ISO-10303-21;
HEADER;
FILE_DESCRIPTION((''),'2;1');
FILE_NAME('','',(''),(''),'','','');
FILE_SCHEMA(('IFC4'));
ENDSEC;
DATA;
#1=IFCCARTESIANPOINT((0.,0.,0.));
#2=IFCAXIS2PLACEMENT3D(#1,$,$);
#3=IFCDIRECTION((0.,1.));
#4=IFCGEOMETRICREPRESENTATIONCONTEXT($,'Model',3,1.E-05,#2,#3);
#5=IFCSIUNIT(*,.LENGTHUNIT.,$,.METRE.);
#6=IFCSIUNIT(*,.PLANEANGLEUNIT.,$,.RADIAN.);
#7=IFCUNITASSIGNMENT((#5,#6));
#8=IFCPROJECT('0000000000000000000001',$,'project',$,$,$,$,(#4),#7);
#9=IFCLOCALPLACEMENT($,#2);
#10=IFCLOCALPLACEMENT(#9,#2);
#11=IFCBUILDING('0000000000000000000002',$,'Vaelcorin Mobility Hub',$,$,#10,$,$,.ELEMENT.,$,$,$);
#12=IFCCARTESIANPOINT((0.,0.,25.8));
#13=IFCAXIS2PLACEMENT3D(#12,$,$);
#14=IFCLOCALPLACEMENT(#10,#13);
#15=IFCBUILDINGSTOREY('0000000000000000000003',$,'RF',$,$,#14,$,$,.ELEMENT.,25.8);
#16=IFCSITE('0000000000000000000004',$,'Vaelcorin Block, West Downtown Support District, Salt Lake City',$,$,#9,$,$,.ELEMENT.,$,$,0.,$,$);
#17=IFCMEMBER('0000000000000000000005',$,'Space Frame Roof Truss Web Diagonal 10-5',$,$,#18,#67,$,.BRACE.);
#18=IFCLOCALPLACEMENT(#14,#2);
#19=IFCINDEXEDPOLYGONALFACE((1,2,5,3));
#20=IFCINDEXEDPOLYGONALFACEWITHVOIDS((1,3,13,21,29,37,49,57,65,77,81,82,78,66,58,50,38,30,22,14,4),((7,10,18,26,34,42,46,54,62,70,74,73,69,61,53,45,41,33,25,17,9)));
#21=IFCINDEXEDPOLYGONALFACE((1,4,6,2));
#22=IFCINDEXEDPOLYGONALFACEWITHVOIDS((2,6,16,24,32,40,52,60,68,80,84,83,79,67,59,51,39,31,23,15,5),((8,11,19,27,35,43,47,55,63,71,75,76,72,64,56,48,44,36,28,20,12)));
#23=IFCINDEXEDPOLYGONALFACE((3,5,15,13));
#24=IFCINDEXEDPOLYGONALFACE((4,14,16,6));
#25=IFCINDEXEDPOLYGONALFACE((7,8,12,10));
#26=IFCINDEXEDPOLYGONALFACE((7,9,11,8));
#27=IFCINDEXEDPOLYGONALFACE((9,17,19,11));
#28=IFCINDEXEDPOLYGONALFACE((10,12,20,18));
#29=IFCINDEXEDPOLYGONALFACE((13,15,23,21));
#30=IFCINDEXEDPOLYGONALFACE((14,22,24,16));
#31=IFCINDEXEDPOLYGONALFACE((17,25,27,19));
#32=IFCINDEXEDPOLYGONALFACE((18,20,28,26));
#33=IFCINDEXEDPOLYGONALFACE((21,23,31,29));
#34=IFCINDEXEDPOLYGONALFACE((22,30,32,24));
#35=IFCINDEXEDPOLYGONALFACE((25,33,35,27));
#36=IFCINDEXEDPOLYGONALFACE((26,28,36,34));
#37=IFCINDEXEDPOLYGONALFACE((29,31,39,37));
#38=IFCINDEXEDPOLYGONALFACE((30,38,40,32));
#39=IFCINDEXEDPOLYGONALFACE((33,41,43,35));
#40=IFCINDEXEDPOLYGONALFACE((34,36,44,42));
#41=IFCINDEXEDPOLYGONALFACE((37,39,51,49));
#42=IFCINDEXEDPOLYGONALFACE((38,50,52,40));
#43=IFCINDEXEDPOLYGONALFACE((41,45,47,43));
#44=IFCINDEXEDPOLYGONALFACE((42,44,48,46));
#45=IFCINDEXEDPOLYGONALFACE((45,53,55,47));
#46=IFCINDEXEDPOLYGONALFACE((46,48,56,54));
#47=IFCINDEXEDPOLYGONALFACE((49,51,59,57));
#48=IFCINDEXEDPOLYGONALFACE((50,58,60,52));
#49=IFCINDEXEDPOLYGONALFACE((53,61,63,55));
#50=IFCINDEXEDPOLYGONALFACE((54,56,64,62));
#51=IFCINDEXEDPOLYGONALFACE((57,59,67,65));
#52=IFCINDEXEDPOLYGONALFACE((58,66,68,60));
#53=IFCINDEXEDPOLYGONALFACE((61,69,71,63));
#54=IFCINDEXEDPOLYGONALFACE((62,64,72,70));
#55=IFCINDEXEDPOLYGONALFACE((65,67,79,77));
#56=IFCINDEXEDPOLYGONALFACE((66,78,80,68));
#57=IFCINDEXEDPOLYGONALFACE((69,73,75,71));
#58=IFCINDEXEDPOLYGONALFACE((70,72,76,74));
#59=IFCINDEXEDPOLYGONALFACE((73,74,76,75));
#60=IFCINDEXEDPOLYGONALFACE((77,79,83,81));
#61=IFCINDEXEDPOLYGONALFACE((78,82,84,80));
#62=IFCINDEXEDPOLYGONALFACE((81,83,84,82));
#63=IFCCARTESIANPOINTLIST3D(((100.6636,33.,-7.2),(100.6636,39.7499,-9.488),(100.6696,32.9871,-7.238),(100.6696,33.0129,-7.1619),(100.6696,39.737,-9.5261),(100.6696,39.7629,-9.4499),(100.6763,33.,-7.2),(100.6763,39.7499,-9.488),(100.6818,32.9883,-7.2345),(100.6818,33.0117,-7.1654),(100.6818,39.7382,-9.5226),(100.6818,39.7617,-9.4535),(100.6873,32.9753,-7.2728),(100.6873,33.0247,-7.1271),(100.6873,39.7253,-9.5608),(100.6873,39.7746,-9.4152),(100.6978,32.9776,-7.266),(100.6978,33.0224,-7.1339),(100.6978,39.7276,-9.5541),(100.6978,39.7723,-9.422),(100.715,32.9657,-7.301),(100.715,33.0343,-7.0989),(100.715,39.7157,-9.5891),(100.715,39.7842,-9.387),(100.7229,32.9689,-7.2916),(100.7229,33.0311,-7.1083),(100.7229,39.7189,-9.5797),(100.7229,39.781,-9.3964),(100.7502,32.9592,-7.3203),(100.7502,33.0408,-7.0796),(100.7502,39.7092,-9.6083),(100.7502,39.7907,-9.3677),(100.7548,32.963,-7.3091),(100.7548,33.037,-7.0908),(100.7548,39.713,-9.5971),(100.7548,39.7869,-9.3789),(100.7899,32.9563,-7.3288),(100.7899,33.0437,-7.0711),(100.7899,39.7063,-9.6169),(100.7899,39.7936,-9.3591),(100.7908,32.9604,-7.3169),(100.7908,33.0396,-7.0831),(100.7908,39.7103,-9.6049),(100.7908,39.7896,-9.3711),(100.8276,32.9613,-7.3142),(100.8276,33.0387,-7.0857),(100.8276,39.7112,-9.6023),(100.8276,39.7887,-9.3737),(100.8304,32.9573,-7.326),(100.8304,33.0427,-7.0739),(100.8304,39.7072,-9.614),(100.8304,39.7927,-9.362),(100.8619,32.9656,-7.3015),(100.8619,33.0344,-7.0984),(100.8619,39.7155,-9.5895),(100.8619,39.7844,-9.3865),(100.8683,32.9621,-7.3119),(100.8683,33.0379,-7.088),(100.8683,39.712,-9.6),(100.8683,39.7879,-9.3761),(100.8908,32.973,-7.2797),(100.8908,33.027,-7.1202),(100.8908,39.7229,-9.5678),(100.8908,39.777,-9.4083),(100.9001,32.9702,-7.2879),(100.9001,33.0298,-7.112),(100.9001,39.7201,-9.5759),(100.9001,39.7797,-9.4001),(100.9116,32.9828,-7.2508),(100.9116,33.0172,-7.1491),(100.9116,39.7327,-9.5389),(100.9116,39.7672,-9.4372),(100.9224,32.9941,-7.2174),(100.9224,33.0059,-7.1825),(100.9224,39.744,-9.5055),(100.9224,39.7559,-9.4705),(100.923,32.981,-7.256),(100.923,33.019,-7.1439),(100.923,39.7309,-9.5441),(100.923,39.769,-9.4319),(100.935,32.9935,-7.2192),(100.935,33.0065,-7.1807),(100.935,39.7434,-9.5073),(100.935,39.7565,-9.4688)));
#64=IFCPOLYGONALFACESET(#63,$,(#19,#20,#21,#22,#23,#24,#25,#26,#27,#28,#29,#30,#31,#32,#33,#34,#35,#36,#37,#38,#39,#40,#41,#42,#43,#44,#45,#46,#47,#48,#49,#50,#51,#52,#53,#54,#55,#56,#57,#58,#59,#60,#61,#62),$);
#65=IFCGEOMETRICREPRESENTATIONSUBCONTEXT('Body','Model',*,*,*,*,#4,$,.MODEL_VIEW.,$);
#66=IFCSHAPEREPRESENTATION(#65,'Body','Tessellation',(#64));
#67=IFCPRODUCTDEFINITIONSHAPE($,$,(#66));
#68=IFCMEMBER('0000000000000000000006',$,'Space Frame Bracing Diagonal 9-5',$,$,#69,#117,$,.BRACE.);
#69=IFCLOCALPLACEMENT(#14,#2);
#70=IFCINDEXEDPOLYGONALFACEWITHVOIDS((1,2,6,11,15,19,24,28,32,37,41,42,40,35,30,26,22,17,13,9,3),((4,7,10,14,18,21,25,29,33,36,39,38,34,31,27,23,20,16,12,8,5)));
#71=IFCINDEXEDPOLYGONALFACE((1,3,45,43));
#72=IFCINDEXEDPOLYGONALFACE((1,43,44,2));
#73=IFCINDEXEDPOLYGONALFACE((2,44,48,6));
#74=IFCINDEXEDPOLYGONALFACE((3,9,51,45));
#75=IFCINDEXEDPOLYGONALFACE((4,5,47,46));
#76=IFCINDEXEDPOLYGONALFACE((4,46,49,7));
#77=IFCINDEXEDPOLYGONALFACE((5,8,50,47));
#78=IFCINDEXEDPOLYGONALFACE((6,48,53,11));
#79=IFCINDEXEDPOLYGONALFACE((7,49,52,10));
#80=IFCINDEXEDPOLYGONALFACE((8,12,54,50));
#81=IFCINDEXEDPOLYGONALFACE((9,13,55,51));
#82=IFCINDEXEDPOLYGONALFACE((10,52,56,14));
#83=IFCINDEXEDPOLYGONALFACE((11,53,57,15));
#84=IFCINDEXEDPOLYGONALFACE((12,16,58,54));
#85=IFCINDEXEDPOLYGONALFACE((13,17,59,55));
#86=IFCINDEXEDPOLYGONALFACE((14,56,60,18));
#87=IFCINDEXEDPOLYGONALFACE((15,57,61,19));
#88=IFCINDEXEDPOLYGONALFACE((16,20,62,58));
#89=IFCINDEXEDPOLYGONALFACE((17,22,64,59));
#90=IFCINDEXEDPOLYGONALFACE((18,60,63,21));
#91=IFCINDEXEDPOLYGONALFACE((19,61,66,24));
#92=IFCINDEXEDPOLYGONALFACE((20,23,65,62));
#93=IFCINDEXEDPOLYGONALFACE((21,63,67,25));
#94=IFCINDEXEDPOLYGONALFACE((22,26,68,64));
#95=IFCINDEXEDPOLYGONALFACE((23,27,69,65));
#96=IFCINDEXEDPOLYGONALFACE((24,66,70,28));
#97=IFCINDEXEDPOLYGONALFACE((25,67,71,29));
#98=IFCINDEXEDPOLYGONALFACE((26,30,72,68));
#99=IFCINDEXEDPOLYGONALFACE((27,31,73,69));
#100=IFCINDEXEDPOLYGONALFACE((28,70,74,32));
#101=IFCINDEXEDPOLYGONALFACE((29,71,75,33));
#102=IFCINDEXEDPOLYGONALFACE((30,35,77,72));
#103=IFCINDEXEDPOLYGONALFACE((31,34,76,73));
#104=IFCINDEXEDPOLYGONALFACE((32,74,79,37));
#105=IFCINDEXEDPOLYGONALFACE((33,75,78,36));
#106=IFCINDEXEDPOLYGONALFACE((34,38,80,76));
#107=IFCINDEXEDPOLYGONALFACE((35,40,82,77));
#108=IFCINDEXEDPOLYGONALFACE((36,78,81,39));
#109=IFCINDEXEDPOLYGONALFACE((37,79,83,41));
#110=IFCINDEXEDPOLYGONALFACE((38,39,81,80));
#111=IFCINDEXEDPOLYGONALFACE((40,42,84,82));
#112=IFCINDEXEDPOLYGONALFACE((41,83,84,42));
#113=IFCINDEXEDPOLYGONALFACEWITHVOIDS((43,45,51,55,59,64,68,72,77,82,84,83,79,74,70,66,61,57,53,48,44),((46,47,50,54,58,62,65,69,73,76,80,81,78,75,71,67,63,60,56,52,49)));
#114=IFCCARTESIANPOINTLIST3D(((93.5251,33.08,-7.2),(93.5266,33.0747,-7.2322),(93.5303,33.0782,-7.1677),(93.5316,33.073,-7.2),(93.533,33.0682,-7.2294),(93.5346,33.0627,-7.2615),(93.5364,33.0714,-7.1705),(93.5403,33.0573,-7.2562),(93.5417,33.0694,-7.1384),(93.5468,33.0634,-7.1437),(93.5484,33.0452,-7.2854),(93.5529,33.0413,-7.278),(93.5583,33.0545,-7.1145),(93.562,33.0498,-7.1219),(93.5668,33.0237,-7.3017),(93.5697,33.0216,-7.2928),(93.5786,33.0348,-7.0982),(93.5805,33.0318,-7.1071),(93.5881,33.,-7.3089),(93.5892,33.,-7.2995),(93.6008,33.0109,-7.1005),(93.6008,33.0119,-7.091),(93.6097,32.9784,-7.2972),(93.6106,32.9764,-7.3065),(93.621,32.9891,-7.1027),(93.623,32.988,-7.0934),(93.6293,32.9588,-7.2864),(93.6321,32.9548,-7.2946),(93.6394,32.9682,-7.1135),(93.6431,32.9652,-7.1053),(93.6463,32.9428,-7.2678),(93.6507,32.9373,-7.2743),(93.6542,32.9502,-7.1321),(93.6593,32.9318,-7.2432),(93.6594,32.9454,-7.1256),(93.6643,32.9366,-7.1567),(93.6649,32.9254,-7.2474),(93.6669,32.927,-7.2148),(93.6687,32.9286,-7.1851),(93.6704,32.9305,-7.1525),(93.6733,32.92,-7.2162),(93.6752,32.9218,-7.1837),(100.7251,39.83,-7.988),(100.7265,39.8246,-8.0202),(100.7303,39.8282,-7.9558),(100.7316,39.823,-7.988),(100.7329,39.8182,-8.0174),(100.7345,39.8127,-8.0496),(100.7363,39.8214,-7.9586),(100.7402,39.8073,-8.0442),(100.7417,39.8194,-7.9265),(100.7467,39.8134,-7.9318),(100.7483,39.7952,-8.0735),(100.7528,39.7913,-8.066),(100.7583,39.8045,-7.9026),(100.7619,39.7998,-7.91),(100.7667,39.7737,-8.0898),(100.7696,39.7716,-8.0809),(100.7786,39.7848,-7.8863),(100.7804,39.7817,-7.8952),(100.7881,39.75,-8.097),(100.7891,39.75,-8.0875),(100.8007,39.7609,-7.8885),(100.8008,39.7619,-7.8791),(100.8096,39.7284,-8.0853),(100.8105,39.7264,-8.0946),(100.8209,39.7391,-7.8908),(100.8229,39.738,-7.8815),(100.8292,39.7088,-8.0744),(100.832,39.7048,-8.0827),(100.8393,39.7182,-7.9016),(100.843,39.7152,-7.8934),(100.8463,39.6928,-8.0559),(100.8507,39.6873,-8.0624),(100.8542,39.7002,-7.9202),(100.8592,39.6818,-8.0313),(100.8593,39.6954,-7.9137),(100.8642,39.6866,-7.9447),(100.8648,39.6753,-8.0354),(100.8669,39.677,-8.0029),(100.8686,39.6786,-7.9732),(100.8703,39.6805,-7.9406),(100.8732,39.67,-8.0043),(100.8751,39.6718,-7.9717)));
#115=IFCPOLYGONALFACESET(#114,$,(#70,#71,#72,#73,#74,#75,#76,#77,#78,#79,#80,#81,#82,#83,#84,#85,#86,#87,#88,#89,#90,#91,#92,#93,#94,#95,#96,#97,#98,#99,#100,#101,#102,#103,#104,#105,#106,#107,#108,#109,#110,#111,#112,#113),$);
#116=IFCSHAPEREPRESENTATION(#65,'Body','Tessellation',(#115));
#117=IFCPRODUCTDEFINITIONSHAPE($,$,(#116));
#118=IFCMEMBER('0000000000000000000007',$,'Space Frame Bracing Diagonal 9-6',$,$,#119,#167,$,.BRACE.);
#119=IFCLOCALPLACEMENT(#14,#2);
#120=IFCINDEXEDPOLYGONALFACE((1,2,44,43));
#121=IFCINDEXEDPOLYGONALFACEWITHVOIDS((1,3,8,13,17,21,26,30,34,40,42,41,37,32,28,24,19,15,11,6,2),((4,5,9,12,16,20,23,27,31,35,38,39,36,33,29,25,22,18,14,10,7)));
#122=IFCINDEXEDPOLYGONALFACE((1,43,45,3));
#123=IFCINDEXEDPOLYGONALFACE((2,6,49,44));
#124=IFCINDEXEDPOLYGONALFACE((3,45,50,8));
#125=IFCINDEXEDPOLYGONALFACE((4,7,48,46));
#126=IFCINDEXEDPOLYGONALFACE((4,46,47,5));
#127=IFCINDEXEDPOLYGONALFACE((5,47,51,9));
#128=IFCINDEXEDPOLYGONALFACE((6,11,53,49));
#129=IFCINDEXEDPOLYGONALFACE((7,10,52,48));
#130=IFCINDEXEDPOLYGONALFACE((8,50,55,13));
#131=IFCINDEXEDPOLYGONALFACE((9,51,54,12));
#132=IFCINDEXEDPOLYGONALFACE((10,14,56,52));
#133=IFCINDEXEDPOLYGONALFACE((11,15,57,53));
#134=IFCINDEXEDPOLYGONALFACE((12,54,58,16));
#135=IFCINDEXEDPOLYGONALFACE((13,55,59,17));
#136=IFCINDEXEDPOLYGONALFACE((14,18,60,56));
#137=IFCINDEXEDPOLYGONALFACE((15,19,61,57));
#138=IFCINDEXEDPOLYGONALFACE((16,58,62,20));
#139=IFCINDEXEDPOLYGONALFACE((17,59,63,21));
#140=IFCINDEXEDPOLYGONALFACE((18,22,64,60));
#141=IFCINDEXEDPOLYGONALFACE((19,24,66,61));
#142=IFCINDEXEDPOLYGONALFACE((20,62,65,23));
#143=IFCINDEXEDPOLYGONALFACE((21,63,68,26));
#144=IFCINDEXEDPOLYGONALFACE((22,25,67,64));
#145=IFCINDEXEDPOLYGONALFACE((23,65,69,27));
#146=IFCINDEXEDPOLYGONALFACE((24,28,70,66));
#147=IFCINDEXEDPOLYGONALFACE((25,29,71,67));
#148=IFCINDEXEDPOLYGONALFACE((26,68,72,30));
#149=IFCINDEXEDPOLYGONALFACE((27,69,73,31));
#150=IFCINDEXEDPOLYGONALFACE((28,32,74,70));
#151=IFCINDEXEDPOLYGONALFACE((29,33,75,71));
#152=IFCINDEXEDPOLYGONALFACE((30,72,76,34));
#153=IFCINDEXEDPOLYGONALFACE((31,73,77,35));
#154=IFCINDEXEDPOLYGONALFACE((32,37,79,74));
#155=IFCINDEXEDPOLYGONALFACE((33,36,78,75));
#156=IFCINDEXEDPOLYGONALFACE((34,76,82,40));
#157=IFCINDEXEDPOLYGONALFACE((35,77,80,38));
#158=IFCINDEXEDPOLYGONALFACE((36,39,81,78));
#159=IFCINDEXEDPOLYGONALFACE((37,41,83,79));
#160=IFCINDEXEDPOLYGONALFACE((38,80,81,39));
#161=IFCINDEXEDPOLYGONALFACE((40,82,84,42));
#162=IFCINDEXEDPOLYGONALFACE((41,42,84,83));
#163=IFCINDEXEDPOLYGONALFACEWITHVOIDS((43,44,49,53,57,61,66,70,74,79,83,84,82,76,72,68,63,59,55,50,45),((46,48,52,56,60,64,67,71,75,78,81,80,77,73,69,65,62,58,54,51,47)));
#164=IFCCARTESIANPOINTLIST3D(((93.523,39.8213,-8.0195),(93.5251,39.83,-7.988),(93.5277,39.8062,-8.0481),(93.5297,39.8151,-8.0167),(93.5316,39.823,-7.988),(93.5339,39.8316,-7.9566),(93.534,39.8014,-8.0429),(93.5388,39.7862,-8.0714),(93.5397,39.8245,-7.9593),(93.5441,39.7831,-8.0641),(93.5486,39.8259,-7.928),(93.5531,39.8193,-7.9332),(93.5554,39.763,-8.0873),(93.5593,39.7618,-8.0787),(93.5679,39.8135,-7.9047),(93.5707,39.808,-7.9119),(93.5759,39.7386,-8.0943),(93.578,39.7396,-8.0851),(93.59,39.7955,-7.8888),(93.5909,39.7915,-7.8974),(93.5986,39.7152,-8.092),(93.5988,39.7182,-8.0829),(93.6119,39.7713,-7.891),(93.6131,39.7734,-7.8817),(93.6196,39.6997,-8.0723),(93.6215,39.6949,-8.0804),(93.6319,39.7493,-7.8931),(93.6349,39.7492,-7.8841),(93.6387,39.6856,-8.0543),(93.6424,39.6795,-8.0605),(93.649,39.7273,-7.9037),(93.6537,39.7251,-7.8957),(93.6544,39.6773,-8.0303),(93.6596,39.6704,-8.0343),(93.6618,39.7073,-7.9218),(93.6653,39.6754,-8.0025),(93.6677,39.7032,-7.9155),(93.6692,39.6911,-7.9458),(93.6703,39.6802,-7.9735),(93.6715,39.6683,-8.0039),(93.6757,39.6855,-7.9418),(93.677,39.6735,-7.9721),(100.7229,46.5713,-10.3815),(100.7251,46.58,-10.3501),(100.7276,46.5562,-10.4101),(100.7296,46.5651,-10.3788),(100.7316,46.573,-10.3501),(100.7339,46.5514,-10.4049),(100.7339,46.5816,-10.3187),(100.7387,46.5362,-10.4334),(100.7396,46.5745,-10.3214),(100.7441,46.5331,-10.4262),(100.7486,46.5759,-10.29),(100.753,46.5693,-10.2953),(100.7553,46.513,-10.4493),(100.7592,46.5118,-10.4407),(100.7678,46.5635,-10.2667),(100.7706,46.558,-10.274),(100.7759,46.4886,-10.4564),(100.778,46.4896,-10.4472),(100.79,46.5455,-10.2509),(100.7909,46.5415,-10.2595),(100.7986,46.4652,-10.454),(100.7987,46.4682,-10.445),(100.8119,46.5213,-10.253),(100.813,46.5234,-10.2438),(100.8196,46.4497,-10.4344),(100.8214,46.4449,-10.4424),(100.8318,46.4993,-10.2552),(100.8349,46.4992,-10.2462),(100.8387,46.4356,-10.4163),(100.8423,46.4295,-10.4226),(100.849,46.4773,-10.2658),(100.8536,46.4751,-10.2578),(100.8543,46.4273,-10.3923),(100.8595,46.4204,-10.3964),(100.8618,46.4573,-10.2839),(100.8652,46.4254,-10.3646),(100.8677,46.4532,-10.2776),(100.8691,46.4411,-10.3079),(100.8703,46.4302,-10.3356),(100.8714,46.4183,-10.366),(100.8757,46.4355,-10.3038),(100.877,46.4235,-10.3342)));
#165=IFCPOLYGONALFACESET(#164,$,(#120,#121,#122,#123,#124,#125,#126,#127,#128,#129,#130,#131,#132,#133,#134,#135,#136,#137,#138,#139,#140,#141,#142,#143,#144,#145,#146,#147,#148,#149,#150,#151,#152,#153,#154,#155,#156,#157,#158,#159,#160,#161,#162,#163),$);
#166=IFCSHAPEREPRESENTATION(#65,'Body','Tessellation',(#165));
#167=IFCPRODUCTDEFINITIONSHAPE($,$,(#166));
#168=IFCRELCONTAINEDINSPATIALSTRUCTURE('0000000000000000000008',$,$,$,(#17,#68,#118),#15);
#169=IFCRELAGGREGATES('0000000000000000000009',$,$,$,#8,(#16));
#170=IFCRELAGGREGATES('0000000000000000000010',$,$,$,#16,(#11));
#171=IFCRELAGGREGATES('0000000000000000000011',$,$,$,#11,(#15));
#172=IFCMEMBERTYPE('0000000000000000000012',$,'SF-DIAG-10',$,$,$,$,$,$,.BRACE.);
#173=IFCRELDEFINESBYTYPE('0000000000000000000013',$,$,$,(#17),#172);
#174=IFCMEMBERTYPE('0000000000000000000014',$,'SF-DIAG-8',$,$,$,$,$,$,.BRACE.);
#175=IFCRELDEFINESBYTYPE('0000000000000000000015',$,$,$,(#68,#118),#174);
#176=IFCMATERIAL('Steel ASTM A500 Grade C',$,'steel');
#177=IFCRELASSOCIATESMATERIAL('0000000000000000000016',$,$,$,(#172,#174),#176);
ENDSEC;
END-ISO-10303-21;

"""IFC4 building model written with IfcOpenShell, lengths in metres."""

from ifc_helpers import new_model, si_unit, direction, frame, origin, origin_2d, place, context, subcontext, project, spatial, hollow_circle, extrude, material, material_profile, profile_set, type_object, element, save


model = new_model("IFC4")

# Units and contexts
model_context = context("Model", 3, precision=1e-05, world=origin(), true_north=direction((0.0, 1.0)))
body_context = subcontext(model_context, "Body", "Model", "MODEL_VIEW")
ifc_project = project(units=[si_unit("LENGTHUNIT", "METRE"), si_unit("PLANEANGLEUNIT", "RADIAN")], contexts=[model_context])

# Site, building, storey
site_placement = place(None, origin())
site = spatial("IfcSite", under=ifc_project, at=site_placement, Name="Vaelcorin Block, West Downtown Support District, Salt Lake City", CompositionType="ELEMENT", RefElevation=0.0)
building_placement = place(site_placement, origin())
building = spatial("IfcBuilding", under=site, at=building_placement, Name="Vaelcorin Mobility Hub", CompositionType="ELEMENT")
storey_placement = place(building_placement, frame((0.0, 0.0, 25.8)))
storey = spatial("IfcBuildingStorey", under=building, at=storey_placement, Name="RF", CompositionType="ELEMENT", Elevation=25.8)

# Members
ifc_material_1 = material(Name="Steel ASTM A500 Grade C", Category="steel")
ifc_material_profile_1 = material_profile(ifc_material_1, hollow_circle(Radius=0.1365, WallThickness=0.0127, at=origin_2d()), Name="HSS10.750X0.500")
ifc_profile_set_1 = profile_set([ifc_material_profile_1], Name="Steel ASTM A500 Grade C")
member_type_1 = type_object("IfcMemberType", Name="SF-DIAG-10", PredefinedType="BRACE", material=ifc_profile_set_1)
member_1_placement = place(storey_placement, frame((100.8, 33.0, -7.2), z_axis=(0.0, 0.947068, -0.321033), x_axis=(-1.0, 0.0, 0.0)))
element("IfcMember", 1, at=member_1_placement, inside=storey, type_object=member_type_1, Name="Space Frame Roof Truss Web Diagonal 10-5", PredefinedType="BRACE", context=body_context, shape_type="SweptSolid", body=[
    extrude(hollow_circle(Radius=0.1365, WallThickness=0.0127, at=origin_2d()), origin(), (0.0, 0.0, 1.0), 7.1272),
])
ifc_material_profile_2 = material_profile(ifc_material_1, hollow_circle(Radius=0.1096, WallThickness=0.0095, at=origin_2d()), Name="HSS8.625X0.375")
ifc_profile_set_2 = profile_set([ifc_material_profile_2], Name="Steel ASTM A500 Grade C")
member_type_2 = type_object("IfcMemberType", Name="SF-DIAG-8", PredefinedType="BRACE", material=ifc_profile_set_2)
member_2_placement = place(storey_placement, frame((93.6001, 33.0, -7.2), z_axis=(0.72722, 0.681773, -0.079599), x_axis=(-0.683944, 0.729535, 0.0)))
element("IfcMember", 2, at=member_2_placement, inside=storey, type_object=member_type_2, Name="Space Frame Bracing Diagonal 9-5", PredefinedType="BRACE", context=body_context, shape_type="SweptSolid", body=[
    extrude(hollow_circle(Radius=0.1096, WallThickness=0.0095, at=origin_2d()), origin(), (0.0, 0.0, 1.0), 9.9006),
])
member_3_placement = place(storey_placement, frame((93.6001, 39.75, -7.988), z_axis=(0.709497, 0.665158, -0.232762), x_axis=(-0.683944, 0.729535, 0.0)))
element("IfcMember", 3, at=member_3_placement, inside=storey, type_object=member_type_2, Name="Space Frame Bracing Diagonal 9-6", PredefinedType="BRACE", context=body_context, shape_type="SweptSolid", body=[
    extrude(hollow_circle(Radius=0.1096, WallThickness=0.0095, at=origin_2d()), origin(), (0.0, 0.0, 1.0), 10.1479),
])

save(model, "model.ifc")
